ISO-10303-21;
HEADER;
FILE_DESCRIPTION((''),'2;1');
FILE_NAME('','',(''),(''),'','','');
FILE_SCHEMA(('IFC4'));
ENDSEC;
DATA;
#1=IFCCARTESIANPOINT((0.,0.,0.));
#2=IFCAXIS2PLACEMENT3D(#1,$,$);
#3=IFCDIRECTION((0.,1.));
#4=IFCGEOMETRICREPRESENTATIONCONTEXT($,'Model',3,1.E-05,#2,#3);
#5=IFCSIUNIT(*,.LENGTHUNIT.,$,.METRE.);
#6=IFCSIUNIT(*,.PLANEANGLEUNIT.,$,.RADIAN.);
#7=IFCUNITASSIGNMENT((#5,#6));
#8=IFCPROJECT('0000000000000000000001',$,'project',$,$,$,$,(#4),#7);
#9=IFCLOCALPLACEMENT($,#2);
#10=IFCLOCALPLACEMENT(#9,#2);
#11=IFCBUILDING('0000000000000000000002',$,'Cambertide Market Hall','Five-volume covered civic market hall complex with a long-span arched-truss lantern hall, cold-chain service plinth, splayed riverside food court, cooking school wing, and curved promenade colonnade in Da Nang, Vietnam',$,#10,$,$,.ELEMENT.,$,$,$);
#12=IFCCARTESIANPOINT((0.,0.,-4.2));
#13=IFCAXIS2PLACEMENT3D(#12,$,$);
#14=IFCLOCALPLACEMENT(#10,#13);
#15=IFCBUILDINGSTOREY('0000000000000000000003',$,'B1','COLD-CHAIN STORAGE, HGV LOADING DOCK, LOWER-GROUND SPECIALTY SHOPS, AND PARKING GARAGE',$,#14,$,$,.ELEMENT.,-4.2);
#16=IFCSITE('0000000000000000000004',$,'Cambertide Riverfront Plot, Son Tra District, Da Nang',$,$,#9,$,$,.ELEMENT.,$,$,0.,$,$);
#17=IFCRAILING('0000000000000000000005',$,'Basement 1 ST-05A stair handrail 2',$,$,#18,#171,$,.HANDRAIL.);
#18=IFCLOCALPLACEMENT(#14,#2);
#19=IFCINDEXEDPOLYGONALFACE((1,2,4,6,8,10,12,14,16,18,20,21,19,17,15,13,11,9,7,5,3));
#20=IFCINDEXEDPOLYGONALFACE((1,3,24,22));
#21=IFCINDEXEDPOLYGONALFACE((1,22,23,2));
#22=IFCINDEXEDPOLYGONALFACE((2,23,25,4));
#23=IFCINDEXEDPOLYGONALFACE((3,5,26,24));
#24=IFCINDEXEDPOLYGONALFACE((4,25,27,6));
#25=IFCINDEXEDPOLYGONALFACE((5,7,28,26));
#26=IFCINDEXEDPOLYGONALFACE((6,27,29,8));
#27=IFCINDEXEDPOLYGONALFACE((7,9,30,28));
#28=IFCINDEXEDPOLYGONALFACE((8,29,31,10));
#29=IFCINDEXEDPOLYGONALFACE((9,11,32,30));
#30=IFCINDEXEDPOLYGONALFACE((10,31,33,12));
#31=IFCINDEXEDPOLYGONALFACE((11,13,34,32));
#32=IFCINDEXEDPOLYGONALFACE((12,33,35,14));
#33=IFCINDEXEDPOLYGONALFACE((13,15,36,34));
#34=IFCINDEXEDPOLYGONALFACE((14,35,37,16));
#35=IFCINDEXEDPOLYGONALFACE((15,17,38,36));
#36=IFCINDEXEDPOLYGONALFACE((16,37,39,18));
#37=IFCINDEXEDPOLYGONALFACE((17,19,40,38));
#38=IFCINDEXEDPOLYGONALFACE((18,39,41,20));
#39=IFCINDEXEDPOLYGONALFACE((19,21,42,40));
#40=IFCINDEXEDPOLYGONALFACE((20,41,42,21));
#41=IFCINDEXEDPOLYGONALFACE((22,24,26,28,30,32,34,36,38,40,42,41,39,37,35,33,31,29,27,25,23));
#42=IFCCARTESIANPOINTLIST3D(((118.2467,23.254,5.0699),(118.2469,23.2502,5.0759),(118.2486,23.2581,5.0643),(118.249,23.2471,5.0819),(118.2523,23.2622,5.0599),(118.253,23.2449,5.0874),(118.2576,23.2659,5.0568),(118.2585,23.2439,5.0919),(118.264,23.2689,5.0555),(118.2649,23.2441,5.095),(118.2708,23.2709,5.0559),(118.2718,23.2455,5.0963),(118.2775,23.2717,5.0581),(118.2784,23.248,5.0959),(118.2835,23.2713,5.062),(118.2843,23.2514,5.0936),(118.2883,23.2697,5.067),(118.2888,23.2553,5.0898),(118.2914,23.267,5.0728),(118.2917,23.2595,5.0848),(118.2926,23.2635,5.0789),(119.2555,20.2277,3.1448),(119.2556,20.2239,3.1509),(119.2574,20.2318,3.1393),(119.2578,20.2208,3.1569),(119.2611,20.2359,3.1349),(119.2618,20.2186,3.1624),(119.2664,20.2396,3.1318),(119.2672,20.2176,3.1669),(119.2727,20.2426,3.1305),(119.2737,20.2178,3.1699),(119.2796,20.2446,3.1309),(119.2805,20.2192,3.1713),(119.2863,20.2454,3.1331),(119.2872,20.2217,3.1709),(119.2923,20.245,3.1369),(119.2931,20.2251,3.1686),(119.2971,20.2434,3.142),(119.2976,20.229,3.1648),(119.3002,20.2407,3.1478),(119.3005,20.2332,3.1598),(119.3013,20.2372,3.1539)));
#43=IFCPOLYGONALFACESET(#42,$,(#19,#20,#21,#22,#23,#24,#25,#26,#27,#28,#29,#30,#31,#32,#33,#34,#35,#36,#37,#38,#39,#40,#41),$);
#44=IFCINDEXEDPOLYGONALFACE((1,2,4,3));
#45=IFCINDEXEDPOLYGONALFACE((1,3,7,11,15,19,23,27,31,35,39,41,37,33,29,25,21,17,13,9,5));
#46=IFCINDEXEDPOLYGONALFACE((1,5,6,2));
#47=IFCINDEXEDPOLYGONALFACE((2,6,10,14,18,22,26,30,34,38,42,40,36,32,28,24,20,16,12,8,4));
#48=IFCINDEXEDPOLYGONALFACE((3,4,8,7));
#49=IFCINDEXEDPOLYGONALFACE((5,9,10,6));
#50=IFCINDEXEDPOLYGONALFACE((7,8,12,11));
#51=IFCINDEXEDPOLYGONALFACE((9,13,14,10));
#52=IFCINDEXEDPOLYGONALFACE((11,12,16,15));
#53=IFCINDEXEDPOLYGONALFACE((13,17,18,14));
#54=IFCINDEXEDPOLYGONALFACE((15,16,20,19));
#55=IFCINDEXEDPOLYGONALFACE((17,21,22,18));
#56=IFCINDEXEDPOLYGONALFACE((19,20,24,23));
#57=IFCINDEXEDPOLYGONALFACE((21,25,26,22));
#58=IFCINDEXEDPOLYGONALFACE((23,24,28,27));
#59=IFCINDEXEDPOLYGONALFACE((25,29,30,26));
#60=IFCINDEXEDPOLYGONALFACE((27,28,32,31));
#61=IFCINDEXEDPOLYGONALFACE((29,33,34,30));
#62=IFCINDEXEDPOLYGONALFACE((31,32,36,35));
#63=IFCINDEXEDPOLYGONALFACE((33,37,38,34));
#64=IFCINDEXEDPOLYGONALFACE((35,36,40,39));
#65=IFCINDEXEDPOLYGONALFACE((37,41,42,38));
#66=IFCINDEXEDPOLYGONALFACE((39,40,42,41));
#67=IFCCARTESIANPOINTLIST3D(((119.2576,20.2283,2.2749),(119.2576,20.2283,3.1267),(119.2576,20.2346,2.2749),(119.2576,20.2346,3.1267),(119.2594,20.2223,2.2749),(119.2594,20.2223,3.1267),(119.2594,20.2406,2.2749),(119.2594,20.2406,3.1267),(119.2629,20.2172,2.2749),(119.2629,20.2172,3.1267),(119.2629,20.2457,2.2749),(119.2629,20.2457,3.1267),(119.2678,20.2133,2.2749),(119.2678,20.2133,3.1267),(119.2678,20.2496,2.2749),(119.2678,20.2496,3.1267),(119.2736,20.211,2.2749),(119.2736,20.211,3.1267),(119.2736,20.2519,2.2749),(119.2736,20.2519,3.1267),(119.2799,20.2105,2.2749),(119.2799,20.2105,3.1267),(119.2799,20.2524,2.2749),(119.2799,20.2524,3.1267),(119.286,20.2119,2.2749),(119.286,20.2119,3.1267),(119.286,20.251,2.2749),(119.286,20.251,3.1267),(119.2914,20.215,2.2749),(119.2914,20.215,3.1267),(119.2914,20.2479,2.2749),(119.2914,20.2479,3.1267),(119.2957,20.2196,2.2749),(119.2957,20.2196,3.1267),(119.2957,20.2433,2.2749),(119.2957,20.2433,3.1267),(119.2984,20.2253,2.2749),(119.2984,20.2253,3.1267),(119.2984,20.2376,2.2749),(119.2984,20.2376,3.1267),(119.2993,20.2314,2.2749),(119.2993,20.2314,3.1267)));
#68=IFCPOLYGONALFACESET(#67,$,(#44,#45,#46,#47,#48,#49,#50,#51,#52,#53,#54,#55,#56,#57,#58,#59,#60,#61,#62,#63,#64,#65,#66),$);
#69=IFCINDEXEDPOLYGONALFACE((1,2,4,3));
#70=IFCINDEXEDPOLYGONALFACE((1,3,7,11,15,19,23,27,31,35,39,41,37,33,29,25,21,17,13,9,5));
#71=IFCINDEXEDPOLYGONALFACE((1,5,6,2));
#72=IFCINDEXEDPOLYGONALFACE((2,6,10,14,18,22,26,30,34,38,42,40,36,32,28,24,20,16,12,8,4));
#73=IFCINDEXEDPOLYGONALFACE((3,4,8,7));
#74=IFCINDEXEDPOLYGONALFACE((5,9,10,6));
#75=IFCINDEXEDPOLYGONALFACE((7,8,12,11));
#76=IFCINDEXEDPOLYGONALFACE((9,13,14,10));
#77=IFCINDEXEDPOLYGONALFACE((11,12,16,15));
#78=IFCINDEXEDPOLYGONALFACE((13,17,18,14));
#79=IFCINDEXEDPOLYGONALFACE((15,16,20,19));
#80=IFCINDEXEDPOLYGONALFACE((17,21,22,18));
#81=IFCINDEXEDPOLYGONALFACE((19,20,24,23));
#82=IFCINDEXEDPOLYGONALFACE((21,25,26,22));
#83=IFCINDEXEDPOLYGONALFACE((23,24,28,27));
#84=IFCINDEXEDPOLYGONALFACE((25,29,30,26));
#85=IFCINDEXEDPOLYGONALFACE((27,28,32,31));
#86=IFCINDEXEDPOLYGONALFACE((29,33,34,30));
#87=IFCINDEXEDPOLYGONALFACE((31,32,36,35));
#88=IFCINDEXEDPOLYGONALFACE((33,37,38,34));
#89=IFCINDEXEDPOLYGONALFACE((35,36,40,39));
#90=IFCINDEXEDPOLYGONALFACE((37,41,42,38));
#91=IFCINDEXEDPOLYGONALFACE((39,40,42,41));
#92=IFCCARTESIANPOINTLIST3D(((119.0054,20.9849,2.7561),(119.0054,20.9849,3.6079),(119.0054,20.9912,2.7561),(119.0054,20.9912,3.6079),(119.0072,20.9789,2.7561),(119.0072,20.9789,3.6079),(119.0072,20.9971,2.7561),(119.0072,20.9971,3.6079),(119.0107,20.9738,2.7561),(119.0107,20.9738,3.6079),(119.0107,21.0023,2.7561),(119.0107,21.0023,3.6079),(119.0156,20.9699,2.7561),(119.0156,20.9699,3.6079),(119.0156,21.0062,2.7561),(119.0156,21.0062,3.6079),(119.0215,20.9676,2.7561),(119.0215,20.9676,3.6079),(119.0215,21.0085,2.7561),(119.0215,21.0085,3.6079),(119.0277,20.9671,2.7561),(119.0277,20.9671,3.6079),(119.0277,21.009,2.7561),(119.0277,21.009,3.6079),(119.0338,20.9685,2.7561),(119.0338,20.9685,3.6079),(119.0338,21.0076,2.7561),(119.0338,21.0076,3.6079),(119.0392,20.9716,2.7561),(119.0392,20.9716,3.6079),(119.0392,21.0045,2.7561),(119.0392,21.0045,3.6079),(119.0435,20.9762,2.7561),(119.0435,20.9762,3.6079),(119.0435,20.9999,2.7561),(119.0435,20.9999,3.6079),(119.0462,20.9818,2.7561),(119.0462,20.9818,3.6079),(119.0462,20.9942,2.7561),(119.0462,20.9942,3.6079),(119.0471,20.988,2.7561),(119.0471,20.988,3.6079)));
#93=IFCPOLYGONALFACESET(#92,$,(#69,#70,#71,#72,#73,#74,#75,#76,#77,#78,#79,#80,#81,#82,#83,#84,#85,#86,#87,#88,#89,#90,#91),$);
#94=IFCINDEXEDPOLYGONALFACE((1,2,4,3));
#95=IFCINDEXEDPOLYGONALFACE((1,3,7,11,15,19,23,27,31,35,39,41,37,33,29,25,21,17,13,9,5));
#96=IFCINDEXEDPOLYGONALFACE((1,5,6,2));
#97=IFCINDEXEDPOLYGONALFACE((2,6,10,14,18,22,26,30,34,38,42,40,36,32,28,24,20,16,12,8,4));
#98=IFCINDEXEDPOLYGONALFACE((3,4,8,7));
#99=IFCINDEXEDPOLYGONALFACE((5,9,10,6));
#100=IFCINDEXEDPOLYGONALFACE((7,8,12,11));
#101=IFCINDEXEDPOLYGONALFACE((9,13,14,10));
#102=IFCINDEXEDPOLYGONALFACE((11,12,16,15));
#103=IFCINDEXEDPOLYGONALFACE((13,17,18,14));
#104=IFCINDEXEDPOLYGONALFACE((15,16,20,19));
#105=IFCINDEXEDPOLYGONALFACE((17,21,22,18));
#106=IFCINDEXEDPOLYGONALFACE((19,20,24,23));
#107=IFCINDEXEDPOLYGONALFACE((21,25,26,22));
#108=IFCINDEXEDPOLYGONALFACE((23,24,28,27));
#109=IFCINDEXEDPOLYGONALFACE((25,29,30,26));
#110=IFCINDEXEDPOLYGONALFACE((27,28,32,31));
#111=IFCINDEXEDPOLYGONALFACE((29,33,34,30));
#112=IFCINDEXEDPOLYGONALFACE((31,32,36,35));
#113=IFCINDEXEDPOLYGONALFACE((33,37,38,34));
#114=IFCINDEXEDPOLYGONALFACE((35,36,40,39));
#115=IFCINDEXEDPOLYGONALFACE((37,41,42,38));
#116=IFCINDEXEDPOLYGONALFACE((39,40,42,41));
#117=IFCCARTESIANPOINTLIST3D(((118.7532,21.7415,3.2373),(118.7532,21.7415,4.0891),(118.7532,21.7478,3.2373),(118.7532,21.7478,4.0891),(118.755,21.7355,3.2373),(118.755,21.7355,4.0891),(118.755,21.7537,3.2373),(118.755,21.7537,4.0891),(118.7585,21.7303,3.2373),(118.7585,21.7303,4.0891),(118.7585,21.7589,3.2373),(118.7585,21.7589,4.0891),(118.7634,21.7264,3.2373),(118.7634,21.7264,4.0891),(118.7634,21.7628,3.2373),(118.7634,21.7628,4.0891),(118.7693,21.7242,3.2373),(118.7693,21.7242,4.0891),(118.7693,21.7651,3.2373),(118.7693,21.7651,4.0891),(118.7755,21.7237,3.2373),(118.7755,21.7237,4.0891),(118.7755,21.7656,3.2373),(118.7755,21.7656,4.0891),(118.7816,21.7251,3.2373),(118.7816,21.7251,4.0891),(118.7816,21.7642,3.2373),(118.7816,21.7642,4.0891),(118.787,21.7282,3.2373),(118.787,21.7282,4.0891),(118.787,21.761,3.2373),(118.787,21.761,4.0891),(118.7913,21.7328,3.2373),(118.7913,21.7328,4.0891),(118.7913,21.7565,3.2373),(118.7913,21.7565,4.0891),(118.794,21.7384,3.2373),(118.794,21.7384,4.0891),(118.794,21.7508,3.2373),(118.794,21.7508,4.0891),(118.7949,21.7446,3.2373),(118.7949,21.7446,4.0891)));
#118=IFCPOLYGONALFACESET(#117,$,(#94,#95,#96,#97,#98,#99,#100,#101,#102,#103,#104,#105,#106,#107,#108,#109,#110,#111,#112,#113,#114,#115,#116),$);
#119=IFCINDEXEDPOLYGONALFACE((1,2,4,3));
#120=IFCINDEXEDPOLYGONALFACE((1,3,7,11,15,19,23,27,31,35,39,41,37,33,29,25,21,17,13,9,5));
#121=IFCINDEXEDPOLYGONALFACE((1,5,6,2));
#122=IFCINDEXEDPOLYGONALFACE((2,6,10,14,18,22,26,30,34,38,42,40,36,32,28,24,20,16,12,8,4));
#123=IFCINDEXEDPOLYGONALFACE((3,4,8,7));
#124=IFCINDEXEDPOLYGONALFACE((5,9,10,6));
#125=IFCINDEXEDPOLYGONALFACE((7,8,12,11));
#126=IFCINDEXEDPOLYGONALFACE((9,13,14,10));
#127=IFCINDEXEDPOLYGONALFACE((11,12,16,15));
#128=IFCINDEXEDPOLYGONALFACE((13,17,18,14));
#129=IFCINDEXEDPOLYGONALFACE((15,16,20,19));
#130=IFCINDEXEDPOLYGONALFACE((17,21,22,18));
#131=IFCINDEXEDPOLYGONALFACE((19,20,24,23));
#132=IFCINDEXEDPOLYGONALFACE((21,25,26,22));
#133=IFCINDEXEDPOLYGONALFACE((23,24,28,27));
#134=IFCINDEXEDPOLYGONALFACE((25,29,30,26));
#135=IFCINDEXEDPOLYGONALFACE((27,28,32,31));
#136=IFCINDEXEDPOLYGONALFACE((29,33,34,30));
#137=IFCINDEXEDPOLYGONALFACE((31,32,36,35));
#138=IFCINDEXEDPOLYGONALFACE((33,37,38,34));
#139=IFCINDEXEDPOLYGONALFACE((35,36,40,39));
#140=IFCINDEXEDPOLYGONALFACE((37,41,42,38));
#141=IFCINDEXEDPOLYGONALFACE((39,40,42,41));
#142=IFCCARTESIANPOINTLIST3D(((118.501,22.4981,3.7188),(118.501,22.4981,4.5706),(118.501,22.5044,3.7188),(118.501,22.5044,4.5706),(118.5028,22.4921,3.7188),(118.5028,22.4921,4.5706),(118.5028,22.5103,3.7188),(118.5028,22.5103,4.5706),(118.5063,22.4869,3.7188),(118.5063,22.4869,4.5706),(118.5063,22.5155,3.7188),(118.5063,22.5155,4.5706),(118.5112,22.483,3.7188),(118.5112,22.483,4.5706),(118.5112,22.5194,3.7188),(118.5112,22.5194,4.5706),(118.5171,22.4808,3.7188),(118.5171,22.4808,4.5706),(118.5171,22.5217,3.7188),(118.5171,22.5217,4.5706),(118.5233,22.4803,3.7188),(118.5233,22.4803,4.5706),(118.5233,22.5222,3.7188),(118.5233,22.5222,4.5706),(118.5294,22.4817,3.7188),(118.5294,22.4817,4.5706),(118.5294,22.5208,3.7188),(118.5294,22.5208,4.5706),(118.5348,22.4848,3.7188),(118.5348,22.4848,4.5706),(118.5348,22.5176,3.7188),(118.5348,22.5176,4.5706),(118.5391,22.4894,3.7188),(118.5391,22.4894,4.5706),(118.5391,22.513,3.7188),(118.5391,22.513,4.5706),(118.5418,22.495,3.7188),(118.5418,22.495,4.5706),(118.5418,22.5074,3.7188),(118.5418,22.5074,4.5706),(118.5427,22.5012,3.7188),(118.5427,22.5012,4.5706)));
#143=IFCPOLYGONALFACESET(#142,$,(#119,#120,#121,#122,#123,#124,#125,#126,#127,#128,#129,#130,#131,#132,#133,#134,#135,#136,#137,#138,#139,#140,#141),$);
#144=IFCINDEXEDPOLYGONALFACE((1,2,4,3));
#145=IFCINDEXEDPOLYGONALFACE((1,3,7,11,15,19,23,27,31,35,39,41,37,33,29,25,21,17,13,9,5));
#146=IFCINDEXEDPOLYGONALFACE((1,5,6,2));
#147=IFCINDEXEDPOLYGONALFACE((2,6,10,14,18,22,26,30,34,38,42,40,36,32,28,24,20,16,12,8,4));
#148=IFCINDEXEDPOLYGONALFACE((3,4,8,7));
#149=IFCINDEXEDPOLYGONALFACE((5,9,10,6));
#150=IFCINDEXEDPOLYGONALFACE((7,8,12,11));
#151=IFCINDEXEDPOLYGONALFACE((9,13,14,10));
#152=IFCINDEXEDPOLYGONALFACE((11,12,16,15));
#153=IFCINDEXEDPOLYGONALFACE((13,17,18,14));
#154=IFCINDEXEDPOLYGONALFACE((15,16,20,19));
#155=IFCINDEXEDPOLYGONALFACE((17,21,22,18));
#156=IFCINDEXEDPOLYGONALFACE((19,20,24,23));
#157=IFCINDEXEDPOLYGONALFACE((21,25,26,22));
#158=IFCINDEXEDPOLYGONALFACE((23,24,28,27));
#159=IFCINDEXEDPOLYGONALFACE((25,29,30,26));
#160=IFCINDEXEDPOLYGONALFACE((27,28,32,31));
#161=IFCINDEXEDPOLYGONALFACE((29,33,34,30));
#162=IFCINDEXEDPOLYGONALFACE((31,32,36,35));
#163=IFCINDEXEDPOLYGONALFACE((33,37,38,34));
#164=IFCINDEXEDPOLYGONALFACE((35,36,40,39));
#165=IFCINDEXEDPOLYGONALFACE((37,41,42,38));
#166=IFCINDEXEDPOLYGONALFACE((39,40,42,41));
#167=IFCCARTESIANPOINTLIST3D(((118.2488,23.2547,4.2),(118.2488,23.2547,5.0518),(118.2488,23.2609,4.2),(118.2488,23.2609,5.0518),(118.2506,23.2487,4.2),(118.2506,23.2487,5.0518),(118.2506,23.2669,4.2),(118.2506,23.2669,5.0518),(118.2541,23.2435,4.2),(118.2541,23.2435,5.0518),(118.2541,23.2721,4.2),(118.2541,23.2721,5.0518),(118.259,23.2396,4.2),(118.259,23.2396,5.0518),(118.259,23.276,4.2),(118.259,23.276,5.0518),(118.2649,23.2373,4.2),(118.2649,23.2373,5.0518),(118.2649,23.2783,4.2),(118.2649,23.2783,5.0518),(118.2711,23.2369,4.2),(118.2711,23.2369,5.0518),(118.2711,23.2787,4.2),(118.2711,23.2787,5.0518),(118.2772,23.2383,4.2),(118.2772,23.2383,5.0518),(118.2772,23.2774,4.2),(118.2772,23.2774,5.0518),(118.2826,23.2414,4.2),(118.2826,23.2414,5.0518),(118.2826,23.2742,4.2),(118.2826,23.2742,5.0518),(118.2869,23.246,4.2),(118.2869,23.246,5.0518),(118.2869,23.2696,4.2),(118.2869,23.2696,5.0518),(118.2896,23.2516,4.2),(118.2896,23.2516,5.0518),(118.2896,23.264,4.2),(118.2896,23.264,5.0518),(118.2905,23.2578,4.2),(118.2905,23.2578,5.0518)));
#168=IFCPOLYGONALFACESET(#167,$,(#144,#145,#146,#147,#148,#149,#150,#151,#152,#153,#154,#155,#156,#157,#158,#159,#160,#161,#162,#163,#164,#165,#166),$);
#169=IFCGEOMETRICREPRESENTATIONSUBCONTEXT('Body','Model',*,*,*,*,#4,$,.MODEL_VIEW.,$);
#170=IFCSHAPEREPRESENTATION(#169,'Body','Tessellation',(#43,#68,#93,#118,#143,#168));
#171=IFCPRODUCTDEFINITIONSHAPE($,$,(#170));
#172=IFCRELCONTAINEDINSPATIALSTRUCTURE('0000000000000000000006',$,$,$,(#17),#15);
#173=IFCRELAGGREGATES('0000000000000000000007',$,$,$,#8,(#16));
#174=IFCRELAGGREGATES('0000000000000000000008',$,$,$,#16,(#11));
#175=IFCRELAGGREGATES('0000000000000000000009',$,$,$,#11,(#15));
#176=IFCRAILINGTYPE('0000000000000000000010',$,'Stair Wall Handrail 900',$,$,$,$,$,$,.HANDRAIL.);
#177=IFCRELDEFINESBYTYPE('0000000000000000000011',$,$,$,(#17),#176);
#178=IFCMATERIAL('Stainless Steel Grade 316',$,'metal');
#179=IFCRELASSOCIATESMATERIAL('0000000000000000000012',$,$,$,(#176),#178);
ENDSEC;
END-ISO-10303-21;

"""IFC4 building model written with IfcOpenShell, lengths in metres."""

from ifc_helpers import new_model, si_unit, direction, frame, origin, origin_2d, place, context, subcontext, project, spatial, circle, extrude, material, type_object, element, save


model = new_model("IFC4")

# Units and contexts
model_context = context("Model", 3, precision=1e-05, world=origin(), true_north=direction((0.0, 1.0)))
body_context = subcontext(model_context, "Body", "Model", "MODEL_VIEW")
ifc_project = project(units=[si_unit("LENGTHUNIT", "METRE"), si_unit("PLANEANGLEUNIT", "RADIAN")], contexts=[model_context])

# Site, building, storey
site_placement = place(None, origin())
site = spatial("IfcSite", under=ifc_project, at=site_placement, Name="Cambertide Riverfront Plot, Son Tra District, Da Nang", CompositionType="ELEMENT", RefElevation=0.0)
building_placement = place(site_placement, origin())
building = spatial("IfcBuilding", under=site, at=building_placement, Name="Cambertide Market Hall", Description="Five-volume covered civic market hall complex with a long-span arched-truss lantern hall, cold-chain service plinth, splayed riverside food court, cooking school wing, and curved promenade colonnade in Da Nang, Vietnam", CompositionType="ELEMENT")
storey_placement = place(building_placement, frame((0.0, 0.0, -4.2)))
storey = spatial("IfcBuildingStorey", under=building, at=storey_placement, Name="B1", Description="COLD-CHAIN STORAGE, HGV LOADING DOCK, LOWER-GROUND SPECIALTY SHOPS, AND PARKING GARAGE", CompositionType="ELEMENT", Elevation=-4.2)

# Railing
ifc_material_1 = material(Name="Stainless Steel Grade 316", Category="metal")
railing_type_1 = type_object("IfcRailingType", Name="Stair Wall Handrail 900", PredefinedType="HANDRAIL", material=ifc_material_1)
railing_1_placement = place(storey_placement, frame((119.2783, 20.2314, 2.2749)))
element("IfcRailing", 1, at=railing_1_placement, inside=storey, type_object=railing_type_1, Name="Basement 1 ST-05A stair handrail 2", PredefinedType="HANDRAIL", context=body_context, shape_type="SweptSolid", body=[
    extrude(circle(Radius=0.0239, at=origin_2d()), frame((0.0, 0.0, 0.876), z_axis=(-0.27075, 0.81225, 0.516666), x_axis=(-0.948683, -0.316228, 0.0)), (0.0, 0.0, 1.0), 3.7258),
    extrude(circle(Radius=0.021, at=origin_2d()), origin(), (0.0, 0.0, 1.0), 0.8518),
    extrude(circle(Radius=0.021, at=origin_2d()), frame((-0.2522, 0.7566, 0.4812)), (0.0, 0.0, 1.0), 0.8518),
    extrude(circle(Radius=0.021, at=origin_2d()), frame((-0.5044, 1.5132, 0.9624)), (0.0, 0.0, 1.0), 0.8518),
    extrude(circle(Radius=0.021, at=origin_2d()), frame((-0.7566, 2.2698, 1.4438)), (0.0, 0.0, 1.0), 0.8518),
    extrude(circle(Radius=0.021, at=origin_2d()), frame((-1.0088, 3.0264, 1.925)), (0.0, 0.0, 1.0), 0.8518),
])

save(model, "model.ifc")
